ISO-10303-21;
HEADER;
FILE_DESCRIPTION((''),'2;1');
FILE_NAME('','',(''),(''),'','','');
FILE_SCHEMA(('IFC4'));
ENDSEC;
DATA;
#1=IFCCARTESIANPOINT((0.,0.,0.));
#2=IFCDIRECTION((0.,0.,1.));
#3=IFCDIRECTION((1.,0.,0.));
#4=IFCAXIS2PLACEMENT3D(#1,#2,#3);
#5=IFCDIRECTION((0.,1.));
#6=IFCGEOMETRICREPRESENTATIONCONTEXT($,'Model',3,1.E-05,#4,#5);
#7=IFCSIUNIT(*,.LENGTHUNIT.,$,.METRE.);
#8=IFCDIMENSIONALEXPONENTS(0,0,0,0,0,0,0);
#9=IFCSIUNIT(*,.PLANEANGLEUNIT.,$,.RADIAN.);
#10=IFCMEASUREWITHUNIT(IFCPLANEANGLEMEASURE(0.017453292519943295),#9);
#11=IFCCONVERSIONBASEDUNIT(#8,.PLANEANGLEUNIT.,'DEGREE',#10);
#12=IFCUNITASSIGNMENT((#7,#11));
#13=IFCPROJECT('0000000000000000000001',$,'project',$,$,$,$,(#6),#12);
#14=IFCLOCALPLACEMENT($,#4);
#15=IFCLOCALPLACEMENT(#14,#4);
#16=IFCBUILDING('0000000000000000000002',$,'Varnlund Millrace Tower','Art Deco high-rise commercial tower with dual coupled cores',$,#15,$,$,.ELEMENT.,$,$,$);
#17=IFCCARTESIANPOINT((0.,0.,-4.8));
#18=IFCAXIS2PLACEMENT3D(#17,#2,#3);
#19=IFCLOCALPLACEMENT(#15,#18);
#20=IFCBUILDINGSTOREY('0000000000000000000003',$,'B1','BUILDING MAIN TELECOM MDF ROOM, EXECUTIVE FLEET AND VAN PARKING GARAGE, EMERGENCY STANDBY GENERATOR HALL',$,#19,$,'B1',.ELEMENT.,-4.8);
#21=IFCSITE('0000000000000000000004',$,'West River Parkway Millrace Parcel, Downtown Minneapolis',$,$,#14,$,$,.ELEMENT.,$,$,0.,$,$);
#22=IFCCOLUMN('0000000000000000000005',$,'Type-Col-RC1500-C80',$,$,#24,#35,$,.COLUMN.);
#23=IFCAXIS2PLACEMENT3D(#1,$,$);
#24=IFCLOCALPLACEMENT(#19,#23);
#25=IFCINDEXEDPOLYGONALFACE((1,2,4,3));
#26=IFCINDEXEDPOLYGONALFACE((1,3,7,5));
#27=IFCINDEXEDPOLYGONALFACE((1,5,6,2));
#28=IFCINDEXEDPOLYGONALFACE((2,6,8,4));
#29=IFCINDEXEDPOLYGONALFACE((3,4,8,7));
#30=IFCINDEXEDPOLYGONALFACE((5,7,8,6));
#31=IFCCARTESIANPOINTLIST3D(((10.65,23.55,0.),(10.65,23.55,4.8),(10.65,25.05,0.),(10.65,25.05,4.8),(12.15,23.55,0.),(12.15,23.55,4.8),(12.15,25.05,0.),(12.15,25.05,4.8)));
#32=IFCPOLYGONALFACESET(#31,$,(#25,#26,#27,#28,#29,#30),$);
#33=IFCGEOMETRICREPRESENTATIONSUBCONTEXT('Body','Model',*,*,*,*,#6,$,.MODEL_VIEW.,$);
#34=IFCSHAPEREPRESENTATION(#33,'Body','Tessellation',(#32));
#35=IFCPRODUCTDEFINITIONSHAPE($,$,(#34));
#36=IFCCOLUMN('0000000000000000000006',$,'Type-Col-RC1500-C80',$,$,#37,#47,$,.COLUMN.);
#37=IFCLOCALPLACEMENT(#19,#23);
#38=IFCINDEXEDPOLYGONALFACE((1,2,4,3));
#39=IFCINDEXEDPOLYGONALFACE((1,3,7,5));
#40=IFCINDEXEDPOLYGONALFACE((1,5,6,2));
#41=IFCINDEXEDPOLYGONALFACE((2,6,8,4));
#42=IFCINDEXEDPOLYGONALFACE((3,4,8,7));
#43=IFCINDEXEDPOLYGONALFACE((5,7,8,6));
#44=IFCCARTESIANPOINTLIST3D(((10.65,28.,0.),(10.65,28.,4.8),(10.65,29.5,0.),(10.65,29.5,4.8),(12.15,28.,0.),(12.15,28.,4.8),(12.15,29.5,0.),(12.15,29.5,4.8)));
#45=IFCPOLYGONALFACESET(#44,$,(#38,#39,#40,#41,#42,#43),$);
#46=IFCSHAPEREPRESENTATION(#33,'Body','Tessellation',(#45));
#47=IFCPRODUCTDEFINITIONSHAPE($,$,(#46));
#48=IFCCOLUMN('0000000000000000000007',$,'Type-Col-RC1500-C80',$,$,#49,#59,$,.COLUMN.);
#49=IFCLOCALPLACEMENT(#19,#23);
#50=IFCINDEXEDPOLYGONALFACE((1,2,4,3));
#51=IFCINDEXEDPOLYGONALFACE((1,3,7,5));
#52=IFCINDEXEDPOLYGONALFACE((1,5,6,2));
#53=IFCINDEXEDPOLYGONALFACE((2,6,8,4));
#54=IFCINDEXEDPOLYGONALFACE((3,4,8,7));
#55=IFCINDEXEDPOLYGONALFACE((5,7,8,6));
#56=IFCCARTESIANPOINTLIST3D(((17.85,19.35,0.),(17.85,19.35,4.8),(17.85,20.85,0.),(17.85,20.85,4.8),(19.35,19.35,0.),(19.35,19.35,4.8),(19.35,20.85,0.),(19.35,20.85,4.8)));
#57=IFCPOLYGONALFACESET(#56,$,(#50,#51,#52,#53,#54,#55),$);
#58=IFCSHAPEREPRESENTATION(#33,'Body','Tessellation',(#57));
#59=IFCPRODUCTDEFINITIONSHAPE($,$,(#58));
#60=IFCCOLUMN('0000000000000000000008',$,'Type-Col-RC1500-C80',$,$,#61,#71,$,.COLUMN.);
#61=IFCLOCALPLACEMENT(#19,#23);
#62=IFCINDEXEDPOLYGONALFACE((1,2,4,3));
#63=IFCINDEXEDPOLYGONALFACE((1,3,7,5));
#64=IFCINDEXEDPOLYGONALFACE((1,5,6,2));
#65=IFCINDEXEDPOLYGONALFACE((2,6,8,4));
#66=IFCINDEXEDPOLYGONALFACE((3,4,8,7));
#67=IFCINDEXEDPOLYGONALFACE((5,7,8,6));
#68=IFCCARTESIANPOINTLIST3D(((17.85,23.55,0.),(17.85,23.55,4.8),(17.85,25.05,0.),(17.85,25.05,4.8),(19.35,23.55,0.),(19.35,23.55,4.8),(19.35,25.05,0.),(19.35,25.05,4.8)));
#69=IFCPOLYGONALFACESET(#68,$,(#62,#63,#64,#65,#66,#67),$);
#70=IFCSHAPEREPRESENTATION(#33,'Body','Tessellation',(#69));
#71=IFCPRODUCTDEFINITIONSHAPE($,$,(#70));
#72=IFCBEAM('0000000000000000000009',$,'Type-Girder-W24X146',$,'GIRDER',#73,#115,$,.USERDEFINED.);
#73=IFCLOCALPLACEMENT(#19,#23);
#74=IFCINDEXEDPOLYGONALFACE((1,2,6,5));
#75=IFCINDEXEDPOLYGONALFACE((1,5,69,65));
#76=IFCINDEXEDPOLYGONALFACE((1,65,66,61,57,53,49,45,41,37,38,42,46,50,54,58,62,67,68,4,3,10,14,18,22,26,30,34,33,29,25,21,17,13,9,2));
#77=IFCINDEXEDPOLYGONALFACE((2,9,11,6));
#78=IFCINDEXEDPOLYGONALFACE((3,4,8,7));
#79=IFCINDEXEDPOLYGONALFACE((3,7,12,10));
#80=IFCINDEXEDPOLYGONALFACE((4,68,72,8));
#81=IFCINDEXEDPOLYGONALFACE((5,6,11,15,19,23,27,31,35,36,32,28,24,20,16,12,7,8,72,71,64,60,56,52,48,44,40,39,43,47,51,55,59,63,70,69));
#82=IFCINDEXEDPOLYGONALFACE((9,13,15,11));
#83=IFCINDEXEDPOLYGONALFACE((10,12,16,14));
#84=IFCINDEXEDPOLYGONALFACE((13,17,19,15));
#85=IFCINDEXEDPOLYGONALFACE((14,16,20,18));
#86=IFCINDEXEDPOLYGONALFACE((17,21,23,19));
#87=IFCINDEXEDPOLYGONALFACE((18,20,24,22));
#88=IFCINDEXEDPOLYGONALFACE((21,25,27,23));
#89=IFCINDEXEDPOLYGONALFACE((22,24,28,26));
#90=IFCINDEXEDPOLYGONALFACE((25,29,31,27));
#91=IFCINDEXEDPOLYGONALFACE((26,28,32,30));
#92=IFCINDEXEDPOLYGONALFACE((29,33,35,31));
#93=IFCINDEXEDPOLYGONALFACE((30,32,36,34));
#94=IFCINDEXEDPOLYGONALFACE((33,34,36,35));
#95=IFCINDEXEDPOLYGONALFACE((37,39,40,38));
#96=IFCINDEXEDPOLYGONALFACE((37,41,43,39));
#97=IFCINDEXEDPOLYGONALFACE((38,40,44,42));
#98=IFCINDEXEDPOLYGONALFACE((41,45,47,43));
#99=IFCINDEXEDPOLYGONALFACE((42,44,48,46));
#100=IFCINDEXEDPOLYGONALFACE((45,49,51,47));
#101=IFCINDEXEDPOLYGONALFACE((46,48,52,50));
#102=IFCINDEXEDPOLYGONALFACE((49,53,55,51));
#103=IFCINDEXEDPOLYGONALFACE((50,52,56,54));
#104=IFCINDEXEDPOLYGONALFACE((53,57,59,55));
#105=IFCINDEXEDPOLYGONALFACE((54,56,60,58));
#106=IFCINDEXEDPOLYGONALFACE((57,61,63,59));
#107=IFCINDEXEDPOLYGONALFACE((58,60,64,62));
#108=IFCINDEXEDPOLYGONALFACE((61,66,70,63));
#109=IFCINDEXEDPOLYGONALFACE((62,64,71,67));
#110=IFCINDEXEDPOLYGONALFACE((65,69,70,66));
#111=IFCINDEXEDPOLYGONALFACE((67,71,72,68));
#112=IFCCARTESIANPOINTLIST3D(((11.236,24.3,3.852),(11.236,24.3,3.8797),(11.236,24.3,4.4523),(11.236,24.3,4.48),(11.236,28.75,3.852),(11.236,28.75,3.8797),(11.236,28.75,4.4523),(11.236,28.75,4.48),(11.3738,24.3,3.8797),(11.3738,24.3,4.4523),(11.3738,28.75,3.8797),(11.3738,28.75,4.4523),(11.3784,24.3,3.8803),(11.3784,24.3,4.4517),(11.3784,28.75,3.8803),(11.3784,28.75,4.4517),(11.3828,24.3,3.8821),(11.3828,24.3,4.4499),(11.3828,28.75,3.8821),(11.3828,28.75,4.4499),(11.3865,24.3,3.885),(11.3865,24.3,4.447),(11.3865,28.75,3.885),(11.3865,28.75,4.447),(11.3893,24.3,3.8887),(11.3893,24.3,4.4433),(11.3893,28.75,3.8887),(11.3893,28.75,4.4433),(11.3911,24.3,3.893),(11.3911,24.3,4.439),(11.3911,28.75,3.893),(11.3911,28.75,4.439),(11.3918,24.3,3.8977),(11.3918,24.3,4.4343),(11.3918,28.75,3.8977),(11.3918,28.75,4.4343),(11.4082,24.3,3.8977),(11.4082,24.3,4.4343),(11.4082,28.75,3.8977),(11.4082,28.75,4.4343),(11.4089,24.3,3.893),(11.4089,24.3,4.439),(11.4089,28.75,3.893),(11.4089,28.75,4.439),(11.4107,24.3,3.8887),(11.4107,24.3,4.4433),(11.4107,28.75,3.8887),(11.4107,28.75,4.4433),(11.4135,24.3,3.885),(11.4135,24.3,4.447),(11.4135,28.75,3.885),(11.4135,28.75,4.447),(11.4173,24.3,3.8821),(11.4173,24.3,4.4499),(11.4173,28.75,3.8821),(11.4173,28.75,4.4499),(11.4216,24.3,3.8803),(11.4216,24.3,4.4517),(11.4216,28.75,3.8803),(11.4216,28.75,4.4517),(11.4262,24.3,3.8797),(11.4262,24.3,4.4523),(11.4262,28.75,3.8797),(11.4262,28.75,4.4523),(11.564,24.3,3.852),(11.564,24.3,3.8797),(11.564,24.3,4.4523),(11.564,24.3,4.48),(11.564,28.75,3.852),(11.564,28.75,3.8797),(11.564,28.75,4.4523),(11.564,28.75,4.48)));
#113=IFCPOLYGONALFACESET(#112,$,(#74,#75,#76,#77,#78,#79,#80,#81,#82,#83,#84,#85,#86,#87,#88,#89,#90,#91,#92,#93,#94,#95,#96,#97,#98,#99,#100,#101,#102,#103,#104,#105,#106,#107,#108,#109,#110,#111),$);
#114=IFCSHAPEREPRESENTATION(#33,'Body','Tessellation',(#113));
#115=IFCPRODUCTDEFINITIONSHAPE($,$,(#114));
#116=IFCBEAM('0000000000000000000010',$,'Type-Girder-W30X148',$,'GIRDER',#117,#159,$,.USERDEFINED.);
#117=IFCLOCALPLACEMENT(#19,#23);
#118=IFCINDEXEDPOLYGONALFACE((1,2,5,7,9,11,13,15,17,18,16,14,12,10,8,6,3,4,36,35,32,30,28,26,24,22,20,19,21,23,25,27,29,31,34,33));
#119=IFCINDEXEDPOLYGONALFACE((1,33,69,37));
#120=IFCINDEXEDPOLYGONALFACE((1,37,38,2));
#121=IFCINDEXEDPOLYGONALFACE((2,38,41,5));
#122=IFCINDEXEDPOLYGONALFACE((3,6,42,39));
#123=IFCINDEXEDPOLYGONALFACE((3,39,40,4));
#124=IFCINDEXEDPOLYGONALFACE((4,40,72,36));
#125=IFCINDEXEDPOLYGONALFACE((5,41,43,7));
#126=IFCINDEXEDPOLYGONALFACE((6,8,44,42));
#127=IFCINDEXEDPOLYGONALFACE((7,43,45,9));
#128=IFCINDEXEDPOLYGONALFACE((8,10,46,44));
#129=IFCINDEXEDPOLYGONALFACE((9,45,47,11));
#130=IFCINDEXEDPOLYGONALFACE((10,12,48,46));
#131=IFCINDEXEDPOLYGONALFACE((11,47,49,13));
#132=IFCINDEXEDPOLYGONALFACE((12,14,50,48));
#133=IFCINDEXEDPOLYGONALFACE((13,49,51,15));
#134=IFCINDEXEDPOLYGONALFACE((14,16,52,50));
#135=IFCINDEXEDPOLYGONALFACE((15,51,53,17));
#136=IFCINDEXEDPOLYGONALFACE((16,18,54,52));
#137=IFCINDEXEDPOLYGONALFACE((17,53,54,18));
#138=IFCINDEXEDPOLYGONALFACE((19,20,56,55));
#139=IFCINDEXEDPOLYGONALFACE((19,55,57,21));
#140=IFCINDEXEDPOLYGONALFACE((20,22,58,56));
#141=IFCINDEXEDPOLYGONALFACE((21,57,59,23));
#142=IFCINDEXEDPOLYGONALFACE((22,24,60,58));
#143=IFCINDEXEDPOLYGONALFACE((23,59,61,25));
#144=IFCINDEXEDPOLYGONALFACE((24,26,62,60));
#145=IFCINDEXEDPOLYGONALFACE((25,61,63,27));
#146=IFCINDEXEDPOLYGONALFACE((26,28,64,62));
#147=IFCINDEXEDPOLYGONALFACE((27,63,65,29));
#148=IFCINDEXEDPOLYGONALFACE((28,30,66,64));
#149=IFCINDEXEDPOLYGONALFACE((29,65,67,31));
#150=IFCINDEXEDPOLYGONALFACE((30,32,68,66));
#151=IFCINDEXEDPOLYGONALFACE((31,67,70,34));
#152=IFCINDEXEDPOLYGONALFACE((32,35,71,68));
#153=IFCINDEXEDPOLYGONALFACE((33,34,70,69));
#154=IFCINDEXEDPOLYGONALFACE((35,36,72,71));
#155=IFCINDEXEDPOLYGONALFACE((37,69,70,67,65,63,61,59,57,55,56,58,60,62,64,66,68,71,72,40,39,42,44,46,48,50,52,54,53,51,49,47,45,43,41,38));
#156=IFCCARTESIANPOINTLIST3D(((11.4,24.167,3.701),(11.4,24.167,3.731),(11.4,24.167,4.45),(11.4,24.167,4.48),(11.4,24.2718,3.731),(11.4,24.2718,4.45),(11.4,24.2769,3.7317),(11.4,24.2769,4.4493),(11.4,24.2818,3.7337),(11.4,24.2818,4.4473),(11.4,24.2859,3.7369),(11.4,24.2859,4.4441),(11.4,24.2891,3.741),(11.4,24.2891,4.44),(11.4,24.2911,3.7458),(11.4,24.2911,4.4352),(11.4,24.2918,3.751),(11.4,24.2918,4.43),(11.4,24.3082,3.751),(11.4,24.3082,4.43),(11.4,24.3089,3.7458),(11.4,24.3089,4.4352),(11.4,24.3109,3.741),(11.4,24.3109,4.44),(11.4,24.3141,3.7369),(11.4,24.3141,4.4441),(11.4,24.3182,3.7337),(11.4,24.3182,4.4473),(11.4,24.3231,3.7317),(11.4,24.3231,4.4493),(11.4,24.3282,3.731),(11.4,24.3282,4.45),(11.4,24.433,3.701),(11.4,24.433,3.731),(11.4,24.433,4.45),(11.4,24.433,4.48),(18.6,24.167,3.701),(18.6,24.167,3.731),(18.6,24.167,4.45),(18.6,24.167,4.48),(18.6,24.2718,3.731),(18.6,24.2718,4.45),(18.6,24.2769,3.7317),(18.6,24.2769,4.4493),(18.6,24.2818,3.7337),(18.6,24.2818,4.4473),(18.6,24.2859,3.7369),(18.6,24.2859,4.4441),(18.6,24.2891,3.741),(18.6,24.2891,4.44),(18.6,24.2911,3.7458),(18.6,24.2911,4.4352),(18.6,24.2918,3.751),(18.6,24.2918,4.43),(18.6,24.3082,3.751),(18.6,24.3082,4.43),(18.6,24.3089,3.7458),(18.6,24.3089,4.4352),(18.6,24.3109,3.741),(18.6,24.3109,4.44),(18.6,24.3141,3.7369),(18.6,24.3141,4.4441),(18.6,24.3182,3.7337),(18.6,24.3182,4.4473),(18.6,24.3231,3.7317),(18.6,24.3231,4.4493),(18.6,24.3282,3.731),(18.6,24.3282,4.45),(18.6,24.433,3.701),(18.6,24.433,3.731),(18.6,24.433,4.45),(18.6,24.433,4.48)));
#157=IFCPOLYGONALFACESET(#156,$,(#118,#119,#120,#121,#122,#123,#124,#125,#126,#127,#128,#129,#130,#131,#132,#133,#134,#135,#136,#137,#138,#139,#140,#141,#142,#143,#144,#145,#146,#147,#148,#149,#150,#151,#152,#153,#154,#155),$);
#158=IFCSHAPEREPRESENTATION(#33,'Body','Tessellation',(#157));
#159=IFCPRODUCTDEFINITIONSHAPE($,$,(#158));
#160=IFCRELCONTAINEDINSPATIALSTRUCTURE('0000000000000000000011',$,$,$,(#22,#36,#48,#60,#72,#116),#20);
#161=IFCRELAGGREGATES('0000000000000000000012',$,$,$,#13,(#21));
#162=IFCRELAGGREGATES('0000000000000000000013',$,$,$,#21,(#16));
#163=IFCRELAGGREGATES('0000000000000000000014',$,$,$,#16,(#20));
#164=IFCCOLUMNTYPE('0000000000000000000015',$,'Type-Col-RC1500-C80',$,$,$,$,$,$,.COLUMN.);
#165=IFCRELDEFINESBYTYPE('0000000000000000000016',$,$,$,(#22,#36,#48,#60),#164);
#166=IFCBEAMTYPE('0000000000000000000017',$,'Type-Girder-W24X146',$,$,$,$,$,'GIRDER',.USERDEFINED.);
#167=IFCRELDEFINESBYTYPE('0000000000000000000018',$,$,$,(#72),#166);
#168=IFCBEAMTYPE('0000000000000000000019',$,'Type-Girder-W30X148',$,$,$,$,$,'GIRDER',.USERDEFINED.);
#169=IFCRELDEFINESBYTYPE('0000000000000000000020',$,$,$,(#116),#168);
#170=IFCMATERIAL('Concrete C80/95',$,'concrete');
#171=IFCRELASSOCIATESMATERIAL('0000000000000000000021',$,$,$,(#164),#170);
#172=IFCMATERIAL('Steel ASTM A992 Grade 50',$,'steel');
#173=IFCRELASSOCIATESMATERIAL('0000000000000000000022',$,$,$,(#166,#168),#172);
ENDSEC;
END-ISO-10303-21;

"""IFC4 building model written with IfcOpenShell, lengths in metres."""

from ifc_helpers import new_model, entity, si_unit, converted_unit, direction, frame, origin_with_axes, origin_2d_with_axis, place, context, subcontext, project, spatial, rectangle, i_section, extrude, material, material_profile, profile_set, type_object, element, save


model = new_model("IFC4")

# Units and contexts
model_context = context("Model", 3, precision=1e-05, world=origin_with_axes(), true_north=direction((0.0, 1.0)))
body_context = subcontext(model_context, "Body", "Model", "MODEL_VIEW")
ifc_project = project(units=[si_unit("LENGTHUNIT", "METRE"), converted_unit("PLANEANGLEUNIT", "DEGREE", entity("IfcPlaneAngleMeasure", 0.017453292519943295), si_unit("PLANEANGLEUNIT", "RADIAN"), dimensions=[0, 0, 0, 0, 0, 0, 0])], contexts=[model_context])

# Site, building, storey
site_placement = place(None, origin_with_axes())
site = spatial("IfcSite", under=ifc_project, at=site_placement, Name="West River Parkway Millrace Parcel, Downtown Minneapolis", CompositionType="ELEMENT", RefElevation=0.0)
building_placement = place(site_placement, origin_with_axes())
building = spatial("IfcBuilding", under=site, at=building_placement, Name="Varnlund Millrace Tower", Description="Art Deco high-rise commercial tower with dual coupled cores", CompositionType="ELEMENT")
storey_placement = place(building_placement, frame((0.0, 0.0, -4.8), z_axis=(0.0, 0.0, 1.0), x_axis=(1.0, 0.0, 0.0)))
storey = spatial("IfcBuildingStorey", under=building, at=storey_placement, Name="B1", Description="BUILDING MAIN TELECOM MDF ROOM, EXECUTIVE FLEET AND VAN PARKING GARAGE, EMERGENCY STANDBY GENERATOR HALL", LongName="B1", CompositionType="ELEMENT", Elevation=-4.8)

# Columns
ifc_material_1 = material(Name="Concrete C80/95", Category="concrete")
ifc_material_profile_1 = material_profile(ifc_material_1, rectangle(XDim=1.5, YDim=1.5, at=origin_2d_with_axis()), Name="Concrete C80/95")
ifc_profile_set_1 = profile_set([ifc_material_profile_1], Name="Concrete C80/95")
column_type = type_object("IfcColumnType", Name="Type-Col-RC1500-C80", PredefinedType="COLUMN", material=ifc_profile_set_1)
for number, where, z_axis, x_axis, name in (
    (1, (11.4, 24.3, 0.0), (0.0, 0.0, 1.0), (1.0, 0.0, 0.0), "Type-Col-RC1500-C80"),
    (2, (11.4, 28.75, 0.0), (0.0, 0.0, 1.0), (1.0, 0.0, 0.0), "Type-Col-RC1500-C80"),
    (3, (18.6, 20.1, 0.0), (0.0, 0.0, 1.0), (1.0, 0.0, 0.0), "Type-Col-RC1500-C80"),
    (4, (18.6, 24.3, 0.0), (0.0, 0.0, 1.0), (1.0, 0.0, 0.0), "Type-Col-RC1500-C80"),
):
    element("IfcColumn", number, at=place(storey_placement, frame(where, z_axis=z_axis, x_axis=x_axis)), inside=storey, type_object=column_type, Name=name, PredefinedType="COLUMN", context=body_context, shape_type="SweptSolid", body=[
        extrude(rectangle(XDim=1.5, YDim=1.5, at=origin_2d_with_axis()), origin_with_axes(), (0.0, 0.0, 1.0), 4.8),
    ])

# Beams
ifc_material_2 = material(Name="Steel ASTM A992 Grade 50", Category="steel")
ifc_material_profile_2 = material_profile(ifc_material_2, i_section(OverallWidth=0.328, OverallDepth=0.628, WebThickness=0.0165, FlangeThickness=0.0277, FilletRadius=0.018, at=origin_2d_with_axis()), Name="Steel ASTM A992 Grade 50")
ifc_profile_set_2 = profile_set([ifc_material_profile_2], Name="Steel ASTM A992 Grade 50")
beam_type_1 = type_object("IfcBeamType", Name="Type-Girder-W24X146", ElementType="GIRDER", PredefinedType="USERDEFINED", material=ifc_profile_set_2)
beam_1_placement = place(storey_placement, frame((11.4, 24.3, 4.166), z_axis=(0.0, 1.0, 0.0), x_axis=(-1.0, 0.0, 0.0)))
element("IfcBeam", 5, at=beam_1_placement, inside=storey, type_object=beam_type_1, Name="Type-Girder-W24X146", ObjectType="GIRDER", PredefinedType="USERDEFINED", context=body_context, shape_type="SweptSolid", body=[
    extrude(i_section(OverallWidth=0.328, OverallDepth=0.628, WebThickness=0.0165, FlangeThickness=0.0277, FilletRadius=0.018, at=origin_2d_with_axis()), origin_with_axes(), (0.0, 0.0, 1.0), 4.45),
])
ifc_material_profile_3 = material_profile(ifc_material_2, i_section(OverallWidth=0.266, OverallDepth=0.779, WebThickness=0.0165, FlangeThickness=0.03, FilletRadius=0.02, at=origin_2d_with_axis()), Name="Steel ASTM A992 Grade 50")
ifc_profile_set_3 = profile_set([ifc_material_profile_3], Name="Steel ASTM A992 Grade 50")
beam_type_2 = type_object("IfcBeamType", Name="Type-Girder-W30X148", ElementType="GIRDER", PredefinedType="USERDEFINED", material=ifc_profile_set_3)
beam_2_placement = place(storey_placement, frame((11.4, 24.3, 4.0905), z_axis=(1.0, 0.0, 0.0), x_axis=(0.0, 1.0, 0.0)))
element("IfcBeam", 6, at=beam_2_placement, inside=storey, type_object=beam_type_2, Name="Type-Girder-W30X148", ObjectType="GIRDER", PredefinedType="USERDEFINED", context=body_context, shape_type="SweptSolid", body=[
    extrude(i_section(OverallWidth=0.266, OverallDepth=0.779, WebThickness=0.0165, FlangeThickness=0.03, FilletRadius=0.02, at=origin_2d_with_axis()), origin_with_axes(), (0.0, 0.0, 1.0), 7.2),
])

save(model, "model.ifc")
